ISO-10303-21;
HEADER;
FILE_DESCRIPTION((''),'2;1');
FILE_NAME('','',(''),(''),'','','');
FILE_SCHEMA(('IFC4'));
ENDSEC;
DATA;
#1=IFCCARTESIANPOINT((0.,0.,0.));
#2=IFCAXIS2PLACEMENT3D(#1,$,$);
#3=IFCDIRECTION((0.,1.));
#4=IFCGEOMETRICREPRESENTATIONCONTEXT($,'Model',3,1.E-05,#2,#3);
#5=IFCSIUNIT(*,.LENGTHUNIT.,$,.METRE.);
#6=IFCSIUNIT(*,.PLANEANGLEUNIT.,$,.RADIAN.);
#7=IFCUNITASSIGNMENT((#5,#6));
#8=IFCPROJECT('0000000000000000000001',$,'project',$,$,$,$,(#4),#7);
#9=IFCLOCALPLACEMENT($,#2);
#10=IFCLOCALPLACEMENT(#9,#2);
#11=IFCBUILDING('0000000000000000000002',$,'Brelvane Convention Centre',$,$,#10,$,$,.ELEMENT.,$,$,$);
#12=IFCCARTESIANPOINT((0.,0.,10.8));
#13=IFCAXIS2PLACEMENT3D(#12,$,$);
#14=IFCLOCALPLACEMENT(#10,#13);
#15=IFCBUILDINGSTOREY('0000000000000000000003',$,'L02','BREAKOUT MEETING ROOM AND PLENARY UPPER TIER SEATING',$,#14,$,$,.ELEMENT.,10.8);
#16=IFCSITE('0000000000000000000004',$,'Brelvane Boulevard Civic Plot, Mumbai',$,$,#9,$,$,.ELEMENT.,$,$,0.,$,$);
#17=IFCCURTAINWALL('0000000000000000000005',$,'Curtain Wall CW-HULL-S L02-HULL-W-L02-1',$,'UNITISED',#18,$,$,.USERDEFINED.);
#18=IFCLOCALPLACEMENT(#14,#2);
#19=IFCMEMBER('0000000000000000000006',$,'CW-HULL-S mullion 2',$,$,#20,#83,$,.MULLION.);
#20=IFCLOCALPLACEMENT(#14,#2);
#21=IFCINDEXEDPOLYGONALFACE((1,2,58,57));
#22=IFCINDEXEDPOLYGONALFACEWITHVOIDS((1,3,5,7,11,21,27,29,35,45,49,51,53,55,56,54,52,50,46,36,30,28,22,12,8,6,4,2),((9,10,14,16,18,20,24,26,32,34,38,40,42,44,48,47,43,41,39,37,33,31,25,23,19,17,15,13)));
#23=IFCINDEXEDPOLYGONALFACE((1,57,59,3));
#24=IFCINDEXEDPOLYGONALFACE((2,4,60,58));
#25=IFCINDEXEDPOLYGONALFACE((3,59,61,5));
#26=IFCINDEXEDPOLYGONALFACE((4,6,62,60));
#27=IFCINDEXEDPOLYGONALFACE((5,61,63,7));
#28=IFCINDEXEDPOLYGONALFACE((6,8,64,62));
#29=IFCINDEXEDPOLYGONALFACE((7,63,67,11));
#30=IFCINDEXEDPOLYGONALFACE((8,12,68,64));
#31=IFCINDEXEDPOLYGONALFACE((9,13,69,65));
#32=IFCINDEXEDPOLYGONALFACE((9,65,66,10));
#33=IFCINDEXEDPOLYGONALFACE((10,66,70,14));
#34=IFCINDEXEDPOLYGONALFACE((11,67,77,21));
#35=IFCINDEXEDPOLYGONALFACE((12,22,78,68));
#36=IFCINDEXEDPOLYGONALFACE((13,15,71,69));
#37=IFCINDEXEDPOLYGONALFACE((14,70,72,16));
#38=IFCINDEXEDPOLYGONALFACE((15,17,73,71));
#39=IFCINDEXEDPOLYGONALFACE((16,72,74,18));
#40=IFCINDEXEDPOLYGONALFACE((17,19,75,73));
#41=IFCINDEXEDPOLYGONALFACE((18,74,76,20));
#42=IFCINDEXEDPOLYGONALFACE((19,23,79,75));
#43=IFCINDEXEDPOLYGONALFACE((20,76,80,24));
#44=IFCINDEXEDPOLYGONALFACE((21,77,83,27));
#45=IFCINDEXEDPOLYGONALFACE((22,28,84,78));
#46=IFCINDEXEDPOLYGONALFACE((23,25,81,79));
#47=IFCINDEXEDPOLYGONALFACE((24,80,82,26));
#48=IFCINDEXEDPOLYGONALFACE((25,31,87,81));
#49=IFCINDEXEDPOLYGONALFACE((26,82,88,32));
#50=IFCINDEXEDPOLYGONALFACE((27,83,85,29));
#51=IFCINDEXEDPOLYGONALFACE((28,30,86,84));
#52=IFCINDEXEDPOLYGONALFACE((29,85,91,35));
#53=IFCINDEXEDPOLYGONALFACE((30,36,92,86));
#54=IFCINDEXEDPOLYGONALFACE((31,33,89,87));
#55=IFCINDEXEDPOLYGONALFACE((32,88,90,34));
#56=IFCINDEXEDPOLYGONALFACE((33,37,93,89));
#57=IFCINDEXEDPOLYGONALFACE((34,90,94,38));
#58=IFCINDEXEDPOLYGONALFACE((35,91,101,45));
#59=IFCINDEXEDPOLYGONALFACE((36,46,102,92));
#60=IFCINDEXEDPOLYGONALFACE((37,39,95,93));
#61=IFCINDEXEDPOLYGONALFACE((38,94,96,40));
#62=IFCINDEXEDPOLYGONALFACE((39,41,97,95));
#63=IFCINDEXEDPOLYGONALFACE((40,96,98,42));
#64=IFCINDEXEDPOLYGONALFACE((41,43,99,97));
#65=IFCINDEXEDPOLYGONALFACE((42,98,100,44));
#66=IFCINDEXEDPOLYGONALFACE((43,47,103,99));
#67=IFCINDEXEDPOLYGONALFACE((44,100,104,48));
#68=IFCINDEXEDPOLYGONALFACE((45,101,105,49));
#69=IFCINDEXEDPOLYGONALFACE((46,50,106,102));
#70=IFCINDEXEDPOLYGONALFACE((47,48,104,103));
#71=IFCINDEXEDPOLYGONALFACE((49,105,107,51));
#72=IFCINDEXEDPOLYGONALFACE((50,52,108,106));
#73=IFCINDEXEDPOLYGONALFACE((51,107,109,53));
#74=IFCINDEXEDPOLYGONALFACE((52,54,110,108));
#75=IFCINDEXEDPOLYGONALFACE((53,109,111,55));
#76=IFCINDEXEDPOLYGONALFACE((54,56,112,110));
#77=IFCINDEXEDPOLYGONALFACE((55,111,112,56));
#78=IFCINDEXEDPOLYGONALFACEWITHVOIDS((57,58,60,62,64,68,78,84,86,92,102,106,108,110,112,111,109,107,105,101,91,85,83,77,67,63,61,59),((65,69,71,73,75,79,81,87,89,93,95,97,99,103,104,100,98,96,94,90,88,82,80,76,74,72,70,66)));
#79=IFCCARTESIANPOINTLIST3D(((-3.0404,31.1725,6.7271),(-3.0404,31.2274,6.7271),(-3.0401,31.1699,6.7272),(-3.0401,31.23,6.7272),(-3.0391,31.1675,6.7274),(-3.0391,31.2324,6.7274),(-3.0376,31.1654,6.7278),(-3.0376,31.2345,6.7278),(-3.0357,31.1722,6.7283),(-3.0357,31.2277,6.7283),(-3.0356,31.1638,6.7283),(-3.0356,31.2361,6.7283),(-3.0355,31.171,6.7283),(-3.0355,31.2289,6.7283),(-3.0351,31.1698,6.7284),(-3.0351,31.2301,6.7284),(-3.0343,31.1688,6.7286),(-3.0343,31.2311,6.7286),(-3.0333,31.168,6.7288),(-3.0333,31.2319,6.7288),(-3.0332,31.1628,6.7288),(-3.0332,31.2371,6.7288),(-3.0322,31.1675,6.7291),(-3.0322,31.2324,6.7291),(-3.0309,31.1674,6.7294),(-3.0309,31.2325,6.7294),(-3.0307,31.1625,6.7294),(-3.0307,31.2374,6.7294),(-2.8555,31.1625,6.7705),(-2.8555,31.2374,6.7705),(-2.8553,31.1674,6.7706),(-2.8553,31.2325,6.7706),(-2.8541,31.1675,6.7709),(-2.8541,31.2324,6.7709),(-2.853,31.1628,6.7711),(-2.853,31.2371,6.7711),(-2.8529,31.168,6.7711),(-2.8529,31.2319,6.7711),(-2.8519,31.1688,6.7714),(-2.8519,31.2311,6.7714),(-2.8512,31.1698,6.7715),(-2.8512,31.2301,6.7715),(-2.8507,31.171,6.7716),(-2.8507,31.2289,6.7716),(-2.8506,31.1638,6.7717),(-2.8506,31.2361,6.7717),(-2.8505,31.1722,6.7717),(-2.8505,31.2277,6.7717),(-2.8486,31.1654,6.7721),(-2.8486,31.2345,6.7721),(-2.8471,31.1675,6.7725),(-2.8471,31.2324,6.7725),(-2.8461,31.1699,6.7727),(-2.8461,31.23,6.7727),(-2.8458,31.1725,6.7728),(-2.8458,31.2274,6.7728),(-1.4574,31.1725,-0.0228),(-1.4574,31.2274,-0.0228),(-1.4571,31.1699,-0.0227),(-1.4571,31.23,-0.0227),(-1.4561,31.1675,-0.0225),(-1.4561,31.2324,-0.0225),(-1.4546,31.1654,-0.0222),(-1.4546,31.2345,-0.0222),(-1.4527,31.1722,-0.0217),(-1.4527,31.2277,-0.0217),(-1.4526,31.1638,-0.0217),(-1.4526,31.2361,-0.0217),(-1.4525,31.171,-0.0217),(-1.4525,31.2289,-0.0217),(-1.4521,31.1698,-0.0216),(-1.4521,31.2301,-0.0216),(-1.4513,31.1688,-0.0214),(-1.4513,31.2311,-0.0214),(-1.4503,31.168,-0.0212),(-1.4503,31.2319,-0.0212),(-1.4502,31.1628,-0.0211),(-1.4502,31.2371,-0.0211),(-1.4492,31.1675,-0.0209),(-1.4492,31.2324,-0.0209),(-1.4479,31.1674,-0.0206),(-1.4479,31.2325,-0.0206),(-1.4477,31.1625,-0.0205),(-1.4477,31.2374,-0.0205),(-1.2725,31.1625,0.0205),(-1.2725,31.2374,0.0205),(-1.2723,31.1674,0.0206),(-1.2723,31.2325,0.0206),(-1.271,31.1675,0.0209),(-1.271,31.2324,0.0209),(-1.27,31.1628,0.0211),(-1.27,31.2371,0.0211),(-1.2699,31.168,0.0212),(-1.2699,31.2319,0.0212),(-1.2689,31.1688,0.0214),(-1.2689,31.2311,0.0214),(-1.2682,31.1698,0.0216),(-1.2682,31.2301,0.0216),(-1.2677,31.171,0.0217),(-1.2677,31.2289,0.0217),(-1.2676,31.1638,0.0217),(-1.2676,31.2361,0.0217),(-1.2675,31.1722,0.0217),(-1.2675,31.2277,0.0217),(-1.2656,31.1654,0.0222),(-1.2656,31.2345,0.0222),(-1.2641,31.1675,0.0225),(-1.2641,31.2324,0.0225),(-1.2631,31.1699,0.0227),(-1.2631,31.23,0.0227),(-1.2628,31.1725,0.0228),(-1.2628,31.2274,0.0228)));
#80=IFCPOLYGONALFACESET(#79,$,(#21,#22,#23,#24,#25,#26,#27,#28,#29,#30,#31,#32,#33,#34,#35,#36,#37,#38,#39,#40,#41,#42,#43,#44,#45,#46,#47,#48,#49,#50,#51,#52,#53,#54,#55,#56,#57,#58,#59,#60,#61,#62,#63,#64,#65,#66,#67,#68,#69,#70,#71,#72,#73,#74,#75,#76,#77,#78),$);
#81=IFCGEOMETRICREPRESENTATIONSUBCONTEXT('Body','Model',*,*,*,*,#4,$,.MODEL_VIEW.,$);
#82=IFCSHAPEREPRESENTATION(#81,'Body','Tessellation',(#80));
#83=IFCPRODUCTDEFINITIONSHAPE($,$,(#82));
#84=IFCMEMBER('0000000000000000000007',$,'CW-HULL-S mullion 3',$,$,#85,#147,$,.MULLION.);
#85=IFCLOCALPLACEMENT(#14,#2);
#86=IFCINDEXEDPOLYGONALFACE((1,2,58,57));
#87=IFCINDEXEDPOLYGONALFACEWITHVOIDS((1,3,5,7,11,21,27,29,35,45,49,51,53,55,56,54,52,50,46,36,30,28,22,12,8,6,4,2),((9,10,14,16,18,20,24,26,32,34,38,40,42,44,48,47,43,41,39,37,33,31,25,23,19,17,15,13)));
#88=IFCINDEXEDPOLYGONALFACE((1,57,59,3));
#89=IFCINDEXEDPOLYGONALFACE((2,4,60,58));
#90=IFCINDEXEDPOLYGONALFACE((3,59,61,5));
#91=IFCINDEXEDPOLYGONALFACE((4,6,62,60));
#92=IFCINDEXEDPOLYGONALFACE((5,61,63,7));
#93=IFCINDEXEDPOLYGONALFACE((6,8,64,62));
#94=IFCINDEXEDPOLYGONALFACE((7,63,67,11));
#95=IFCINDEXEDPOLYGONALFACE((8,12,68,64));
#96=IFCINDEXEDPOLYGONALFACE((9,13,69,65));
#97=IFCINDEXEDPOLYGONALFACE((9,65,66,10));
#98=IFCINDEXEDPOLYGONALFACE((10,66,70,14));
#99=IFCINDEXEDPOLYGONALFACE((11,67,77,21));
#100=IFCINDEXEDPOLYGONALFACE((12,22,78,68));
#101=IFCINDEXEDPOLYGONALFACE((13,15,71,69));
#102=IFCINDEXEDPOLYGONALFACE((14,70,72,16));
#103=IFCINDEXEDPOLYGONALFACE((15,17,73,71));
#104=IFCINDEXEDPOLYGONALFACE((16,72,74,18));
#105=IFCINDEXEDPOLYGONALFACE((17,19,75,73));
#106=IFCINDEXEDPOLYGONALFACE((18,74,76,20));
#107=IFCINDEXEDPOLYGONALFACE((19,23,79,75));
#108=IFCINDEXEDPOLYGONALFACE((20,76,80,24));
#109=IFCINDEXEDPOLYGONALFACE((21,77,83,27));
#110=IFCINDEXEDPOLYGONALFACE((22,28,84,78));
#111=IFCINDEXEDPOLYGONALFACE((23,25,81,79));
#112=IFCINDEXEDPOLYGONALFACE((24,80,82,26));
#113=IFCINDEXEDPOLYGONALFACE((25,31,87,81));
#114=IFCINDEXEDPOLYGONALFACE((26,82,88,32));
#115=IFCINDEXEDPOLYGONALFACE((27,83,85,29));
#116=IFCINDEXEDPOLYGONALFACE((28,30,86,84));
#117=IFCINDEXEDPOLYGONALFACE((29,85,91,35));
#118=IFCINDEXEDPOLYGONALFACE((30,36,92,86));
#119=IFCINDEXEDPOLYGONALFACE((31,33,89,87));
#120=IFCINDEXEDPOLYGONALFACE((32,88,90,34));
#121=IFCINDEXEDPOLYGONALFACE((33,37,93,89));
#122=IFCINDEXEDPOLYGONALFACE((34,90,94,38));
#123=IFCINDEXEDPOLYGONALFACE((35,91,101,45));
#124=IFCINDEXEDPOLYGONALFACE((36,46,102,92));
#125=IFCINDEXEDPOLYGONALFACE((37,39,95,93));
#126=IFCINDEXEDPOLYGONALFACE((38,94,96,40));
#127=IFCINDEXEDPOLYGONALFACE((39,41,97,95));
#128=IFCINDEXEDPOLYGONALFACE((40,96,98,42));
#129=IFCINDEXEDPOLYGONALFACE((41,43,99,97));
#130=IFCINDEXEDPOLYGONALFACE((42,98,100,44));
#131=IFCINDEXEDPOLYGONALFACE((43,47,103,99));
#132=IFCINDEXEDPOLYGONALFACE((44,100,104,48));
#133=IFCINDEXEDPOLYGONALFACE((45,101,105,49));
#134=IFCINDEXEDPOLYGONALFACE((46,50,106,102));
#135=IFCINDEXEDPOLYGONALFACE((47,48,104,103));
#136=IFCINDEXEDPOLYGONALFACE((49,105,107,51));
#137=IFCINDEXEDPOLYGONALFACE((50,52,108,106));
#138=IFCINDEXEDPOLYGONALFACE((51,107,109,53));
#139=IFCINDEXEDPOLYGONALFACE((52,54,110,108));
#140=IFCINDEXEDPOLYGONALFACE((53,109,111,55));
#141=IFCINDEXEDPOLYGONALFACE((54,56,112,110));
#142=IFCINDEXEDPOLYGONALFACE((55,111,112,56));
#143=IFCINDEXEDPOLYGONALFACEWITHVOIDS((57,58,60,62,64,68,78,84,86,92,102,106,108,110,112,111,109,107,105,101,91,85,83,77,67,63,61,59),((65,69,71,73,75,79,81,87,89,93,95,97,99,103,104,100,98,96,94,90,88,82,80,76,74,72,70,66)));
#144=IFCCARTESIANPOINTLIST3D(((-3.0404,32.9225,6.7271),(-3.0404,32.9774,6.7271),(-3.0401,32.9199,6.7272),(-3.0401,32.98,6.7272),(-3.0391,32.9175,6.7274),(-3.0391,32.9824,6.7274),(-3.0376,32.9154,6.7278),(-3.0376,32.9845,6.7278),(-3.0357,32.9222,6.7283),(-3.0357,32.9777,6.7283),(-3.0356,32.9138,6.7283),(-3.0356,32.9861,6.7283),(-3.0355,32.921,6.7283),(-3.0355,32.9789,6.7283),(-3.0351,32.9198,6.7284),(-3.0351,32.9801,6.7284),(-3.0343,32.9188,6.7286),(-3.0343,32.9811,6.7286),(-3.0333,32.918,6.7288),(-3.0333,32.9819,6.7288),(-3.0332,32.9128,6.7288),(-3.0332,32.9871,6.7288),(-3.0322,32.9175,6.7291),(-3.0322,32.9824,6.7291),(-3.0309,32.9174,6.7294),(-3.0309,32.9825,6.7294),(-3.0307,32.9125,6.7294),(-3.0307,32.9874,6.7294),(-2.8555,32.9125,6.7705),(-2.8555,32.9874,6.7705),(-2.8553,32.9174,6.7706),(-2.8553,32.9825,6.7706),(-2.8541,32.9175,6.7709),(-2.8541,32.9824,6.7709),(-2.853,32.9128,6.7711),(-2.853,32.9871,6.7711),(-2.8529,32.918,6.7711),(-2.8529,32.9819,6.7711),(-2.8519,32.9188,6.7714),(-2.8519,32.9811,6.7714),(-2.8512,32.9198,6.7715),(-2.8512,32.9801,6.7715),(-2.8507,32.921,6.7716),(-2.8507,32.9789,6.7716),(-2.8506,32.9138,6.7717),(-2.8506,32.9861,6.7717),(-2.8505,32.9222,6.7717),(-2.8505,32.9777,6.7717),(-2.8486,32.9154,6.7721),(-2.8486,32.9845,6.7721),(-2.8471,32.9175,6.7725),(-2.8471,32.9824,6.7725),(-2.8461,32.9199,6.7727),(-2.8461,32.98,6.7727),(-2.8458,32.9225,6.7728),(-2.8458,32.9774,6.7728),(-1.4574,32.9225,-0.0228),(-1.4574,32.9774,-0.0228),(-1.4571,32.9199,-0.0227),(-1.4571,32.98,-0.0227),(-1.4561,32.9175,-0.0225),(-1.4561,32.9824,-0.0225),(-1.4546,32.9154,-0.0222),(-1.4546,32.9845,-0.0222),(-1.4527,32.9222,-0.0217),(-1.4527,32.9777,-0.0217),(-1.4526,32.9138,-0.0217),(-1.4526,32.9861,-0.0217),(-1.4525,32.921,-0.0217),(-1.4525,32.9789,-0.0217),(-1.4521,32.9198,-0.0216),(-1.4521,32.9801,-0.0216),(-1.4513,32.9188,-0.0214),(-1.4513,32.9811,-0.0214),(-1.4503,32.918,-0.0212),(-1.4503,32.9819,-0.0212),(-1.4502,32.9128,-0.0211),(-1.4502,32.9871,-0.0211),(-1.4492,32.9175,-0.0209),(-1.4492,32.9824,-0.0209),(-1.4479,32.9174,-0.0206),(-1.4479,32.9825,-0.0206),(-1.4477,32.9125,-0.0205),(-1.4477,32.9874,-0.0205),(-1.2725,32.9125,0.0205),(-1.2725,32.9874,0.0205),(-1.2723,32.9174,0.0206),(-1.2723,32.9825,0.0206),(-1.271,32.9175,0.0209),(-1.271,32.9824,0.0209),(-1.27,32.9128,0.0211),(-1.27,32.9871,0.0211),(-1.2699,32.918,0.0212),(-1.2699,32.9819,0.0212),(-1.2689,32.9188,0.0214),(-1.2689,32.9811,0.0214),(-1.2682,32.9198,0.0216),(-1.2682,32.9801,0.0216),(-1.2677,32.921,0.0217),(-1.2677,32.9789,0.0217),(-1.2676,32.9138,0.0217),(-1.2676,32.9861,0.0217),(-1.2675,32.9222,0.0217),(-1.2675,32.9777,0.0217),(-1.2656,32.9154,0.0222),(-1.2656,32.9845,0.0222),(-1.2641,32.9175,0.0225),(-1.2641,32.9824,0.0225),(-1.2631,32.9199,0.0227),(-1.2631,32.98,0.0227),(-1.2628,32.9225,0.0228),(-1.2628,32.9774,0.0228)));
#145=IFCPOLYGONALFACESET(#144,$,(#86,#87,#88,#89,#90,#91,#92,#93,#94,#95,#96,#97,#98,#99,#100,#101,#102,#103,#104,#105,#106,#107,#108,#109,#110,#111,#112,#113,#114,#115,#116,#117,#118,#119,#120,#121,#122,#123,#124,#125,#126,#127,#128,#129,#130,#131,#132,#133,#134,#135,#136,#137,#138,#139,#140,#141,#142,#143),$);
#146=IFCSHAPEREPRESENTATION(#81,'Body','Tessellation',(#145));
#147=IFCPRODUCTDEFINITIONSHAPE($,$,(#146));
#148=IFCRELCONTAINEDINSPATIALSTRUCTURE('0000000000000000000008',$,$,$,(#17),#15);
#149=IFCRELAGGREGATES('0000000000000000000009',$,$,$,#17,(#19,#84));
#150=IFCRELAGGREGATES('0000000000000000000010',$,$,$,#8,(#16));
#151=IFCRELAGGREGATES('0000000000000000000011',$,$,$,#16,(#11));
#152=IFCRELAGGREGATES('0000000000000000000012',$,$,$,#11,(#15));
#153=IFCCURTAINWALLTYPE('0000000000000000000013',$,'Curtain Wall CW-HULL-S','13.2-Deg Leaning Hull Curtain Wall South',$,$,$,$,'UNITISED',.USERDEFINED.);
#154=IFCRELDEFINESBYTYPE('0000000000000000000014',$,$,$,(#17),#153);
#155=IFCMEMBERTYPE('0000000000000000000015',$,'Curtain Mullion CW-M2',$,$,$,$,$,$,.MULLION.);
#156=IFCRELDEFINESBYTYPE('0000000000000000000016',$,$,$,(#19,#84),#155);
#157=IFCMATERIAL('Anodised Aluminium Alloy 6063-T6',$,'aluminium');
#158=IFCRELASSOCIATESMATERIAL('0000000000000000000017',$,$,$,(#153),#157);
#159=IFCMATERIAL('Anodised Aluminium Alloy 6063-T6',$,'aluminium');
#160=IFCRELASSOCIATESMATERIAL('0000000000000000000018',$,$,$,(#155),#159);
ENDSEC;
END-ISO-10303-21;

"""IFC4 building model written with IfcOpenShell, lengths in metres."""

from ifc_helpers import new_model, si_unit, direction, frame, origin, origin_2d, place, context, subcontext, project, spatial, hollow_rectangle, extrude, material, material_profile, profile_set, type_object, element, aggregate, save


model = new_model("IFC4")

# Units and contexts
model_context = context("Model", 3, precision=1e-05, world=origin(), true_north=direction((0.0, 1.0)))
body_context = subcontext(model_context, "Body", "Model", "MODEL_VIEW")
ifc_project = project(units=[si_unit("LENGTHUNIT", "METRE"), si_unit("PLANEANGLEUNIT", "RADIAN")], contexts=[model_context])

# Site, building, storey
site_placement = place(None, origin())
site = spatial("IfcSite", under=ifc_project, at=site_placement, Name="Brelvane Boulevard Civic Plot, Mumbai", CompositionType="ELEMENT", RefElevation=0.0)
building_placement = place(site_placement, origin())
building = spatial("IfcBuilding", under=site, at=building_placement, Name="Brelvane Convention Centre", CompositionType="ELEMENT")
storey_placement = place(building_placement, frame((0.0, 0.0, 10.8)))
storey = spatial("IfcBuildingStorey", under=building, at=storey_placement, Name="L02", Description="BREAKOUT MEETING ROOM AND PLENARY UPPER TIER SEATING", CompositionType="ELEMENT", Elevation=10.8)

# Curtain wall, members
ifc_material_1 = material(Name="Anodised Aluminium Alloy 6063-T6", Category="aluminium")
curtain_wall_type = type_object("IfcCurtainWallType", Name="Curtain Wall CW-HULL-S", Description="13.2-Deg Leaning Hull Curtain Wall South", ElementType="UNITISED", PredefinedType="USERDEFINED", material=ifc_material_1)
curtain_wall_1_placement = place(storey_placement, origin())
curtain_wall_1 = element("IfcCurtainWall", 1, at=curtain_wall_1_placement, inside=storey, type_object=curtain_wall_type, Name="Curtain Wall CW-HULL-S L02-HULL-W-L02-1", ObjectType="UNITISED", PredefinedType="USERDEFINED")
ifc_material_2 = material(Name="Anodised Aluminium Alloy 6063-T6", Category="aluminium")
ifc_material_profile_1 = material_profile(ifc_material_2, hollow_rectangle(XDim=0.075, YDim=0.2, WallThickness=0.0049, InnerFilletRadius=0.0049, OuterFilletRadius=0.01, at=origin_2d()), Name="ALU-M 200x75x5.0")
ifc_profile_set_1 = profile_set([ifc_material_profile_1], Name="Anodised Aluminium Alloy 6063-T6")
member_type_1 = type_object("IfcMemberType", Name="Curtain Mullion CW-M2", PredefinedType="MULLION", material=ifc_profile_set_1)
member_1_placement = place(storey_placement, frame((-1.3601, 31.2, 0.0), z_axis=(-0.228325, 0.0, 0.973585), x_axis=(0.0, -1.0, 0.0)))
member_1 = element("IfcMember", 2, at=member_1_placement, type_object=member_type_1, Name="CW-HULL-S mullion 2", PredefinedType="MULLION", context=body_context, shape_type="SweptSolid", body=[
    extrude(hollow_rectangle(XDim=0.075, YDim=0.2, WallThickness=0.0049, InnerFilletRadius=0.0049, OuterFilletRadius=0.01, at=origin_2d()), origin(), (0.0, 0.0, 1.0), 6.9331),
])
member_2_placement = place(storey_placement, frame((-1.3601, 32.95, 0.0), z_axis=(-0.228325, 0.0, 0.973585), x_axis=(0.0, -1.0, 0.0)))
member_2 = element("IfcMember", 3, at=member_2_placement, type_object=member_type_1, Name="CW-HULL-S mullion 3", PredefinedType="MULLION", context=body_context, shape_type="SweptSolid", body=[
    extrude(hollow_rectangle(XDim=0.075, YDim=0.2, WallThickness=0.0049, InnerFilletRadius=0.0049, OuterFilletRadius=0.01, at=origin_2d()), origin(), (0.0, 0.0, 1.0), 6.9331),
])

aggregate(curtain_wall_1, [member_1, member_2])

save(model, "model.ifc")
